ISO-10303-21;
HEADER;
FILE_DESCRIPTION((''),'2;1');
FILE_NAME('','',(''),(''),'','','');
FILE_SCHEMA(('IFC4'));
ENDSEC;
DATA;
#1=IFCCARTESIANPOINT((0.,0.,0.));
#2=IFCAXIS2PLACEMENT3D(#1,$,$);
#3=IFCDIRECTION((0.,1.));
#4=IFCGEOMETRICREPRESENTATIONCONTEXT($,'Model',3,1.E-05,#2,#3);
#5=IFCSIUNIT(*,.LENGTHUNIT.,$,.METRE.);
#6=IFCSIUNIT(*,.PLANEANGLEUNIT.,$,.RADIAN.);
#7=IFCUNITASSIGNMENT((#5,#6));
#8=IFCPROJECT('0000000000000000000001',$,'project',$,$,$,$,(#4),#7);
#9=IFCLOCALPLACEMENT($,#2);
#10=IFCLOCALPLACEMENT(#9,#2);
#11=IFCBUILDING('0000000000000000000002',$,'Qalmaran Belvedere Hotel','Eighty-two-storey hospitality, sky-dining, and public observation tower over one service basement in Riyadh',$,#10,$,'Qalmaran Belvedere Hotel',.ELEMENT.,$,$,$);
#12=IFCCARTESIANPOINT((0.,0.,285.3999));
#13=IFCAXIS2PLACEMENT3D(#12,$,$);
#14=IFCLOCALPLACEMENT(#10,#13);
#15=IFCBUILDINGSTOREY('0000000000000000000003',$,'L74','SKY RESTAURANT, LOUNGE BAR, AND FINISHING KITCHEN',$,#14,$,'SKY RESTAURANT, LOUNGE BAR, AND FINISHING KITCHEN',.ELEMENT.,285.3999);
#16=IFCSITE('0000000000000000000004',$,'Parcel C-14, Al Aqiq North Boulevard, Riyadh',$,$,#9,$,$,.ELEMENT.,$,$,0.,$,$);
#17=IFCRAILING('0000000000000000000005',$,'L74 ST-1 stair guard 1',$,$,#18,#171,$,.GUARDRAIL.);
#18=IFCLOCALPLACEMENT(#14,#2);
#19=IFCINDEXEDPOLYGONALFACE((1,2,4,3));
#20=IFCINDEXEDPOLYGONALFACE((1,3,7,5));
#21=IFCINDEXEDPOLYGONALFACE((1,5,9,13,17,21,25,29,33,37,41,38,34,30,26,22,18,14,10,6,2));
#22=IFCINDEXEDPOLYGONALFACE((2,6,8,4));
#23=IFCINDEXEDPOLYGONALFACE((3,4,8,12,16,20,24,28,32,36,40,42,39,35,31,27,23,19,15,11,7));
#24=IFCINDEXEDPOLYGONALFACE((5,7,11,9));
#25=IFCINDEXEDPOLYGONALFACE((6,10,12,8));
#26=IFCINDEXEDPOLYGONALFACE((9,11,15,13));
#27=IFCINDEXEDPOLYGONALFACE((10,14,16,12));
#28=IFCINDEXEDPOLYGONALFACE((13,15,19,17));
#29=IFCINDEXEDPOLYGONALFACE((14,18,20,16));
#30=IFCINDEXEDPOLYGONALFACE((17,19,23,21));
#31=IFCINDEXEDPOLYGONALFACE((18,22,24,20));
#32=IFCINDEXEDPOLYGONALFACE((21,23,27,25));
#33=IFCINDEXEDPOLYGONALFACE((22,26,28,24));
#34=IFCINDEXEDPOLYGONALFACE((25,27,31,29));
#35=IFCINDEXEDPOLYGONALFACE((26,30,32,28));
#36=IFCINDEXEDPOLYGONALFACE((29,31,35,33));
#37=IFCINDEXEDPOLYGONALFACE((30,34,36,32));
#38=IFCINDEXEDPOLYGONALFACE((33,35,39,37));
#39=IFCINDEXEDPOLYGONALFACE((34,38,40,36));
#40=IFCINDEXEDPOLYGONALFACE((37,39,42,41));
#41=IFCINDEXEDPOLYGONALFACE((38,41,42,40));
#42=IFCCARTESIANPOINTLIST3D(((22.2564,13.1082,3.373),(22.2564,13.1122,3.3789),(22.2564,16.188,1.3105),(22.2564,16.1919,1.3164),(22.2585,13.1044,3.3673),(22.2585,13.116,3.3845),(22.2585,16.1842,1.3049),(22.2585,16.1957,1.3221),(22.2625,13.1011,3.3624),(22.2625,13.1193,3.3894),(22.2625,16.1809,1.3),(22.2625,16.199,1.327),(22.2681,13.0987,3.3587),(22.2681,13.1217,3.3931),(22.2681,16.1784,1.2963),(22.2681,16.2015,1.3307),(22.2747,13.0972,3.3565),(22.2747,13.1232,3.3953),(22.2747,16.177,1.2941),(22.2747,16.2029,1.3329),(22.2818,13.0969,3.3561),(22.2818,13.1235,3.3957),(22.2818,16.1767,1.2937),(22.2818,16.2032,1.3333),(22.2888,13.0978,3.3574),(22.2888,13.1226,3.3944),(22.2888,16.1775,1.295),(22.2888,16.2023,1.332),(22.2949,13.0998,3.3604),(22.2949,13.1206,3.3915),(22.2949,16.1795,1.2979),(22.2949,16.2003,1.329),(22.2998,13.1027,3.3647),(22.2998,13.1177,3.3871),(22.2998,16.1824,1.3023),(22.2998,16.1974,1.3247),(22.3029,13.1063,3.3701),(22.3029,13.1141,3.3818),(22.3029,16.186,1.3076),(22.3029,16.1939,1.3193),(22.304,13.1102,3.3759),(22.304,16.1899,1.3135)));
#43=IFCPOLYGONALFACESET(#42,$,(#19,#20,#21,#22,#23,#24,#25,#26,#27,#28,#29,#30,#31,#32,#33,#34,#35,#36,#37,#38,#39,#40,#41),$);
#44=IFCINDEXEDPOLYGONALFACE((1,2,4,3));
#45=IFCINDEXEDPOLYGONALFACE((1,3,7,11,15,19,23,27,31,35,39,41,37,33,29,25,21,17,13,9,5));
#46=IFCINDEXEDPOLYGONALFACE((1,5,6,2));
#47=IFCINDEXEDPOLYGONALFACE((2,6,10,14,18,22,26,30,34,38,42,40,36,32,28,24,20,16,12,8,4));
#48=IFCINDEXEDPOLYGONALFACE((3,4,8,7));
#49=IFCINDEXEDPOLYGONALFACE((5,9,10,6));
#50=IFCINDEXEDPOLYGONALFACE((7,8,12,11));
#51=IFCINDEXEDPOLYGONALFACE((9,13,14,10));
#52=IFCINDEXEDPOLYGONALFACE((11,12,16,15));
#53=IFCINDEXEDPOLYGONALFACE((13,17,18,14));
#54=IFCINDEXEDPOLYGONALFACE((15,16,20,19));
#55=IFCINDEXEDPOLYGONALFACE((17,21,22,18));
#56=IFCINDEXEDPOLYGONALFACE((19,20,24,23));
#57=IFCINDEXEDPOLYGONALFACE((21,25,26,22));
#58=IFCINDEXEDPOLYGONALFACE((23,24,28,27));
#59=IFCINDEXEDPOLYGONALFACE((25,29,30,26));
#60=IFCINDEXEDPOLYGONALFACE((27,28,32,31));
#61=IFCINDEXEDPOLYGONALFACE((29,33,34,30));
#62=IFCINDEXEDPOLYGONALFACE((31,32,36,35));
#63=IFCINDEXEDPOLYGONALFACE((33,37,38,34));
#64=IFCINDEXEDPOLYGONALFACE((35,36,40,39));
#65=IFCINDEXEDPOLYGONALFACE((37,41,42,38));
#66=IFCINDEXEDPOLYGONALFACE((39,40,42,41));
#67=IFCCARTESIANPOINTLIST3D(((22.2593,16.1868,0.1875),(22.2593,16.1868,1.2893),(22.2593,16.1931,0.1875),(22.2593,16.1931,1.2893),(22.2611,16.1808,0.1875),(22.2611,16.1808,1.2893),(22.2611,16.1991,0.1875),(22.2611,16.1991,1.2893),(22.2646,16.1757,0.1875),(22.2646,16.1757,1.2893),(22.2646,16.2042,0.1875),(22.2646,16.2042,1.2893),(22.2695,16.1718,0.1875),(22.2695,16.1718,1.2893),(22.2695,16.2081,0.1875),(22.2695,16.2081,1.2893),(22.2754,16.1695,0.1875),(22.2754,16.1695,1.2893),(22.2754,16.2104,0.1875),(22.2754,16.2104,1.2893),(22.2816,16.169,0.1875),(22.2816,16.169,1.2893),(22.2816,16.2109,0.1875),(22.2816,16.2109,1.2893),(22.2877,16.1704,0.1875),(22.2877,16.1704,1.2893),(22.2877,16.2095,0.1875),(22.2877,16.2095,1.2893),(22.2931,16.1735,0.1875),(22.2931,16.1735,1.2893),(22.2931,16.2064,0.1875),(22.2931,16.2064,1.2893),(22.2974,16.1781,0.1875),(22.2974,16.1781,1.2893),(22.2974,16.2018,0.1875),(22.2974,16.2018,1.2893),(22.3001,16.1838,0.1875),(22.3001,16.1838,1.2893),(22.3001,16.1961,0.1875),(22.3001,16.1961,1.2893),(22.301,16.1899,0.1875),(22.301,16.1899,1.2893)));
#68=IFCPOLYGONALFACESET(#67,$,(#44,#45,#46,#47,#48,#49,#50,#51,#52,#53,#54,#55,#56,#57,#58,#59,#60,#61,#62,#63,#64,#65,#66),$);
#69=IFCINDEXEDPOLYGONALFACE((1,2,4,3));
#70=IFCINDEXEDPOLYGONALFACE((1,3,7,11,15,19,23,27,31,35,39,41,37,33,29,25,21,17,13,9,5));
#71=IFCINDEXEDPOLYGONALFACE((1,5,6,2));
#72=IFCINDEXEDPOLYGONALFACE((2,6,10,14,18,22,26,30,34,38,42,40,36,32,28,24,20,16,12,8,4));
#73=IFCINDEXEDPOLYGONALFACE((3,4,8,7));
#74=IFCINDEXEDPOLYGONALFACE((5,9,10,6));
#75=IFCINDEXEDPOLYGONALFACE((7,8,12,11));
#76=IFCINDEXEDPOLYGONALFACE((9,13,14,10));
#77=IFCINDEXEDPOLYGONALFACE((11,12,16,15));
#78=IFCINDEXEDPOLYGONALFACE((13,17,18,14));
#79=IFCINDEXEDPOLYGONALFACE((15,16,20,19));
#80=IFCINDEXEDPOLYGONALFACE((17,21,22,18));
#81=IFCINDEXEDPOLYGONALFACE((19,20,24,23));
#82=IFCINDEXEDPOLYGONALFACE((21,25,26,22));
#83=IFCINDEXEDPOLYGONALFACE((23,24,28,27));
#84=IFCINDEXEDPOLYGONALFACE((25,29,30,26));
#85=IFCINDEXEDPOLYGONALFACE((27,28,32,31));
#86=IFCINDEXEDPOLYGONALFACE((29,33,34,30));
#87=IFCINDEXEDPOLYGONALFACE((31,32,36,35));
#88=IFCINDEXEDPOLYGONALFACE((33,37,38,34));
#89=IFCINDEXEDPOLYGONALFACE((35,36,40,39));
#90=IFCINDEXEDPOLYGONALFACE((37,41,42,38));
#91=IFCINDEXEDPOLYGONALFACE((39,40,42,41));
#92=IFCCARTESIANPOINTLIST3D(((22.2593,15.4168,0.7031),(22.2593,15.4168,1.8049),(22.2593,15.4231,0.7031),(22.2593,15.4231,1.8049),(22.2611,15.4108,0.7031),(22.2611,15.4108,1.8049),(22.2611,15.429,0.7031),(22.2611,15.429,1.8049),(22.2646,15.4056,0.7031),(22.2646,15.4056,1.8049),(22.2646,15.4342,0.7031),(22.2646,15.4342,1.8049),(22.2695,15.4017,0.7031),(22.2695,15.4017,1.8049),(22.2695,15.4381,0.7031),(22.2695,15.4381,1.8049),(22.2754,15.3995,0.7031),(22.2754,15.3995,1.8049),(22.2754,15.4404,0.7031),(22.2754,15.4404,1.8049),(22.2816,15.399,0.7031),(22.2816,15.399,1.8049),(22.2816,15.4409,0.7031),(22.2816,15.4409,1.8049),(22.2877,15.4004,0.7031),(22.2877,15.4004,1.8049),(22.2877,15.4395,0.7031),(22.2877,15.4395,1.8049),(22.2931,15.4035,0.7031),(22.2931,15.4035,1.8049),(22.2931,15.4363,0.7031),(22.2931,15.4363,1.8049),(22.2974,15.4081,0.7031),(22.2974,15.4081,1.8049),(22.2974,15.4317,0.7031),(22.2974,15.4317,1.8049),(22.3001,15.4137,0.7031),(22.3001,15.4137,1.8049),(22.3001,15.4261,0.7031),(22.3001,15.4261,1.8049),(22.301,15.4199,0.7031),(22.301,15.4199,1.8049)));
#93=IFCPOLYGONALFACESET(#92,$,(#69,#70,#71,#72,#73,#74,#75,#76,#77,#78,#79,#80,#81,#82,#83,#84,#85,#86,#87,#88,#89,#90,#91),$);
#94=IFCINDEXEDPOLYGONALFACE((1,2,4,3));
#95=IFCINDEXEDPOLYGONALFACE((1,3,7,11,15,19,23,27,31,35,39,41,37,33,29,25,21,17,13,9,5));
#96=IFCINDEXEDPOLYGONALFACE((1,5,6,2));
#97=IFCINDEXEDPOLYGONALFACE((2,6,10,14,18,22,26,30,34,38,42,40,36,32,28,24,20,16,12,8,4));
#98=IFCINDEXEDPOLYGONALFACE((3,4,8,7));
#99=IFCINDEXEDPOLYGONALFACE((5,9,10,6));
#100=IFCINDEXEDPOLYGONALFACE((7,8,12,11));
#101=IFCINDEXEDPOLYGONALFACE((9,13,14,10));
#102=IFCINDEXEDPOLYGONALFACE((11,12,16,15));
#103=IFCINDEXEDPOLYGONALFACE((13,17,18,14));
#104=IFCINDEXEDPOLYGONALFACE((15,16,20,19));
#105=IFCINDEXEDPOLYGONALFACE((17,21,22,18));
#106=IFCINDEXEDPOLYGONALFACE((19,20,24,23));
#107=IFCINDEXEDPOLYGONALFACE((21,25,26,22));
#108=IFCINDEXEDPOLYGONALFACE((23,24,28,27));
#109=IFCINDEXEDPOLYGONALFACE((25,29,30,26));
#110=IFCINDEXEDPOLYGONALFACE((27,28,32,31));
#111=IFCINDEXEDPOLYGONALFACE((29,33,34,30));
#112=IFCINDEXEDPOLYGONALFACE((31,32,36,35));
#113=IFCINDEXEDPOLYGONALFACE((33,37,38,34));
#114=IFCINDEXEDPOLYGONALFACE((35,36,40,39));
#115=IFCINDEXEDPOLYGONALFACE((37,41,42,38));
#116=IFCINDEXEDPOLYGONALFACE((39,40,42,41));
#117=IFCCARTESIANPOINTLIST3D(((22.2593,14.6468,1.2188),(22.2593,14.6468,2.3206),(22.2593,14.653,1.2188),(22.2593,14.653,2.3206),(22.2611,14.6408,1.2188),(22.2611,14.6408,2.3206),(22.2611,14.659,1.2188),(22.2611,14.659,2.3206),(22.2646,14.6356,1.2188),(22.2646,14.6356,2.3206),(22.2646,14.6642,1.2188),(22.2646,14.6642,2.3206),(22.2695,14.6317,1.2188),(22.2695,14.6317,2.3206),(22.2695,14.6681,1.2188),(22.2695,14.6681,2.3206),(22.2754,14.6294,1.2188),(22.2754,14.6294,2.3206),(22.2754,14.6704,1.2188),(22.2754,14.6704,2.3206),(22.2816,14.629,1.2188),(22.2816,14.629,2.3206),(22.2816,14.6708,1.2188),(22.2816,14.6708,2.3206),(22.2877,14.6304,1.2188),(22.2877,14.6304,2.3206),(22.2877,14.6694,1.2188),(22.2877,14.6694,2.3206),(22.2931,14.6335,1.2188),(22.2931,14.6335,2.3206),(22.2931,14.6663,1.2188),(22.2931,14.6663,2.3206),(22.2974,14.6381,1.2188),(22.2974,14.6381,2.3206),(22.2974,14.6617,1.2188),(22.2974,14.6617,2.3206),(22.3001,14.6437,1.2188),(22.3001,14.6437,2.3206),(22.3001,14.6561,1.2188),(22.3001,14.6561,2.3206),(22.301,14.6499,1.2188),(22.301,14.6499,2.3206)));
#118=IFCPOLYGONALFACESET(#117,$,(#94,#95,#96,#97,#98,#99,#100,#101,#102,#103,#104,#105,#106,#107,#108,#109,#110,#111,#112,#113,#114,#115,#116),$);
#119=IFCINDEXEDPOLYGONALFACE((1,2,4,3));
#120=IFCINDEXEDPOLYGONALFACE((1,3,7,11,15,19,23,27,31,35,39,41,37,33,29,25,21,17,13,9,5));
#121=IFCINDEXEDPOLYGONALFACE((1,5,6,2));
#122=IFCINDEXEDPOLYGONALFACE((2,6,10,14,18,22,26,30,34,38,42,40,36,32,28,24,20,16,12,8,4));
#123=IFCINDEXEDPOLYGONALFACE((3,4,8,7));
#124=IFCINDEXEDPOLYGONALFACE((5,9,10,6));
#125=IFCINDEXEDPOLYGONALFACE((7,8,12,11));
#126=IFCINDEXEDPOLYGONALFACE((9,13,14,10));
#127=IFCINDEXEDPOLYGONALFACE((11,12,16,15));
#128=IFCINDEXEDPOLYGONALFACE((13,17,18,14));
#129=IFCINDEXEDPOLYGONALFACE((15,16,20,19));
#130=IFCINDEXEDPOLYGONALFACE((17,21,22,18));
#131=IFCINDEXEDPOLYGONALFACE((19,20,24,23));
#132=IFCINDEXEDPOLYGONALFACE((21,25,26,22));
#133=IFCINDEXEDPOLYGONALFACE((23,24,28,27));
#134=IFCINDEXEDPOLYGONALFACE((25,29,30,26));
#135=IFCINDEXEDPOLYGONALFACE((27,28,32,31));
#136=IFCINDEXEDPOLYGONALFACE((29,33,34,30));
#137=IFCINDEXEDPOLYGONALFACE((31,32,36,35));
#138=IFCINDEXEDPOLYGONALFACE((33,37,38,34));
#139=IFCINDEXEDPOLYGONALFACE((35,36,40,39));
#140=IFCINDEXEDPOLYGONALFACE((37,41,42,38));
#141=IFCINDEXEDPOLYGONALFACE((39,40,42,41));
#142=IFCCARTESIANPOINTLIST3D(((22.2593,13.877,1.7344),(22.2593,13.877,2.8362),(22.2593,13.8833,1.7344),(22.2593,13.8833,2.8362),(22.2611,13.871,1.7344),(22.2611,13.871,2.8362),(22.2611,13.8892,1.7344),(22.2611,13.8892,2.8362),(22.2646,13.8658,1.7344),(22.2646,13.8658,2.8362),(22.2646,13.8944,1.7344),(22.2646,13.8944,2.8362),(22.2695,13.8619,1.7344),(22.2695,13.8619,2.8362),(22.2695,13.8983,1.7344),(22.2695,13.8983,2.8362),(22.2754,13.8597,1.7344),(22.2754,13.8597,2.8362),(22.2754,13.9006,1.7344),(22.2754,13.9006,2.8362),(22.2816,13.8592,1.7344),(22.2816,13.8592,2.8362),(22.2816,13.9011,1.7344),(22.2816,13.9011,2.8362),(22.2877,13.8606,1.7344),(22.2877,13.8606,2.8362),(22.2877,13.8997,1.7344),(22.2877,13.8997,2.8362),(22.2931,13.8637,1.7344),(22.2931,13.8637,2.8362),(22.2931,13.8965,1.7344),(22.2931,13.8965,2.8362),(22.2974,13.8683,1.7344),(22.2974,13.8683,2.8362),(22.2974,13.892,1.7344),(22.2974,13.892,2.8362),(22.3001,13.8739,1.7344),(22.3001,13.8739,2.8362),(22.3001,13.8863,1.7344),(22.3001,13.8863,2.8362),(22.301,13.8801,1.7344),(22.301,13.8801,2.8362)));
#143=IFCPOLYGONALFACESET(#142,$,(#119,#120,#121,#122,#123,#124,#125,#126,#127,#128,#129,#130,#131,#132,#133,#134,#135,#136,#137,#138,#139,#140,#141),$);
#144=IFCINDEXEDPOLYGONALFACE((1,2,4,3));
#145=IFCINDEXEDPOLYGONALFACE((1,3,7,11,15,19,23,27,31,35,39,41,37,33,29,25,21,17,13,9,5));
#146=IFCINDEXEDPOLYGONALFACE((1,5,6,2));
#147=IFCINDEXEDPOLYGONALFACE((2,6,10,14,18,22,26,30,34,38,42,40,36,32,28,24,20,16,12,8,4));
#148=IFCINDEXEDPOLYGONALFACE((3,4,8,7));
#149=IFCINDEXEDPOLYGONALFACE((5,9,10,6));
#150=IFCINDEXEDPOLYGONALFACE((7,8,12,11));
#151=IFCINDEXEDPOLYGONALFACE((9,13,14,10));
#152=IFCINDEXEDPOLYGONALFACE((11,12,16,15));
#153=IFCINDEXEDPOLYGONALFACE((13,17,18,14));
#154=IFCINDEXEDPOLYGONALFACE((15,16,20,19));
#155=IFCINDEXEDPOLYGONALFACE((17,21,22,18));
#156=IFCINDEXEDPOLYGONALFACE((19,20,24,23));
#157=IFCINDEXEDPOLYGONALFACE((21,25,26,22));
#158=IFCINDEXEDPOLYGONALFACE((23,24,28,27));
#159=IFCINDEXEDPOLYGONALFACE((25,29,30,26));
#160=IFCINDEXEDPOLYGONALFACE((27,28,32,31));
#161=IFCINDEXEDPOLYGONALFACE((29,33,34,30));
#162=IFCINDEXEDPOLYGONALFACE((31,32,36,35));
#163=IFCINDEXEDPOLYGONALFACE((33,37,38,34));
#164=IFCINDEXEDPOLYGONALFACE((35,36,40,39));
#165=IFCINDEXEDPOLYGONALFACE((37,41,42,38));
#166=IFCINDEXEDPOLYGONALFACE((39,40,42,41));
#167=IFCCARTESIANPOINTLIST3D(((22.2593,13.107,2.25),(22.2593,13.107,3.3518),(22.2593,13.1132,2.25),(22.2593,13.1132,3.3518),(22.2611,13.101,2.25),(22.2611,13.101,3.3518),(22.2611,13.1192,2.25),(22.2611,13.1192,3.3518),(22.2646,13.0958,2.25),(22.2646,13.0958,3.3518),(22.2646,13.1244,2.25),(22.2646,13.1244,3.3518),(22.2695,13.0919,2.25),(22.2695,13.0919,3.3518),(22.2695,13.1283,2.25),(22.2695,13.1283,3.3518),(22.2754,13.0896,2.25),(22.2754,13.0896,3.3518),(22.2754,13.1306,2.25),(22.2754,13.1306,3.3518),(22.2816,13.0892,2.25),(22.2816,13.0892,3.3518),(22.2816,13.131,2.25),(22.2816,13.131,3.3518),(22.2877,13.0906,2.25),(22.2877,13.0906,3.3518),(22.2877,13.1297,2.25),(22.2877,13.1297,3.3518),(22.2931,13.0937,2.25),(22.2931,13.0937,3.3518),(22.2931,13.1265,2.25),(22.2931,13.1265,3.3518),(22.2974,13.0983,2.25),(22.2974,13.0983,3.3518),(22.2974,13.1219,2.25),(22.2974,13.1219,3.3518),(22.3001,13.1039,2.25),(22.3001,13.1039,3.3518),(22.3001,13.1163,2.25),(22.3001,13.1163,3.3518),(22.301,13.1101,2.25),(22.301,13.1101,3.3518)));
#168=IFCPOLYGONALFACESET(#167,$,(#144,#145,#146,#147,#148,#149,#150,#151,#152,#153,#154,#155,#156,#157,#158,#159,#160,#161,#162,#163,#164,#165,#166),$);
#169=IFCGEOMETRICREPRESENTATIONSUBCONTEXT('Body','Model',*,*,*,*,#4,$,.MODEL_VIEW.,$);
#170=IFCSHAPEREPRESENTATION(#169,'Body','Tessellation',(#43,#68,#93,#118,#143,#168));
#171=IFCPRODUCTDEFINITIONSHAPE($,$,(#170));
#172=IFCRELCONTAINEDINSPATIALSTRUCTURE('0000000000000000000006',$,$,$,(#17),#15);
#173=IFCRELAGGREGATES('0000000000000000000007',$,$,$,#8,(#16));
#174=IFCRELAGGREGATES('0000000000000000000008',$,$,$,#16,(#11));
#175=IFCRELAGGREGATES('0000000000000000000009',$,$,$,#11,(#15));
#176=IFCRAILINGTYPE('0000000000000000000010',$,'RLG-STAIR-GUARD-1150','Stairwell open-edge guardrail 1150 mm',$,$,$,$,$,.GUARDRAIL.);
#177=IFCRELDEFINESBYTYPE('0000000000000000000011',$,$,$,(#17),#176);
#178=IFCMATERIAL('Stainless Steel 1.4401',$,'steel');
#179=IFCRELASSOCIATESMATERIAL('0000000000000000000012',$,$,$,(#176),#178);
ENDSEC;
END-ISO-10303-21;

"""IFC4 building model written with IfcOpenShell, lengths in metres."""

from ifc_helpers import new_model, si_unit, direction, frame, origin, origin_2d, place, context, subcontext, project, spatial, circle, extrude, material, type_object, element, save


model = new_model("IFC4")

# Units and contexts
model_context = context("Model", 3, precision=1e-05, world=origin(), true_north=direction((0.0, 1.0)))
body_context = subcontext(model_context, "Body", "Model", "MODEL_VIEW")
ifc_project = project(units=[si_unit("LENGTHUNIT", "METRE"), si_unit("PLANEANGLEUNIT", "RADIAN")], contexts=[model_context])

# Site, building, storey
site_placement = place(None, origin())
site = spatial("IfcSite", under=ifc_project, at=site_placement, Name="Parcel C-14, Al Aqiq North Boulevard, Riyadh", CompositionType="ELEMENT", RefElevation=0.0)
building_placement = place(site_placement, origin())
building = spatial("IfcBuilding", under=site, at=building_placement, Name="Qalmaran Belvedere Hotel", Description="Eighty-two-storey hospitality, sky-dining, and public observation tower over one service basement in Riyadh", LongName="Qalmaran Belvedere Hotel", CompositionType="ELEMENT")
storey_placement = place(building_placement, frame((0.0, 0.0, 285.3999)))
storey = spatial("IfcBuildingStorey", under=building, at=storey_placement, Name="L74", Description="SKY RESTAURANT, LOUNGE BAR, AND FINISHING KITCHEN", LongName="SKY RESTAURANT, LOUNGE BAR, AND FINISHING KITCHEN", CompositionType="ELEMENT", Elevation=285.3999)

# Railing
ifc_material_1 = material(Name="Stainless Steel 1.4401", Category="steel")
railing_type_1 = type_object("IfcRailingType", Name="RLG-STAIR-GUARD-1150", Description="Stairwell open-edge guardrail 1150 mm", PredefinedType="GUARDRAIL", material=ifc_material_1)
railing_1_placement = place(storey_placement, frame((22.28, 16.1899, 0.1875)))
element("IfcRailing", 1, at=railing_1_placement, inside=storey, type_object=railing_type_1, Name="L74 ST-1 stair guard 1", PredefinedType="GUARDRAIL", context=body_context, shape_type="SweptSolid", body=[
    extrude(circle(Radius=0.0239, at=origin_2d()), frame((0.0, 0.0, 1.126), z_axis=(0.0, -0.830893, 0.556432), x_axis=(1.0, 0.0, 0.0)), (0.0, 0.0, 1.0), 3.7065),
    extrude(circle(Radius=0.021, at=origin_2d()), origin(), (0.0, 0.0, 1.0), 1.1018),
    extrude(circle(Radius=0.021, at=origin_2d()), frame((0.0, -0.77, 0.5156)), (0.0, 0.0, 1.0), 1.1018),
    extrude(circle(Radius=0.021, at=origin_2d()), frame((0.0, -1.54, 1.0312)), (0.0, 0.0, 1.0), 1.1018),
    extrude(circle(Radius=0.021, at=origin_2d()), frame((0.0, -2.3098, 1.5469)), (0.0, 0.0, 1.0), 1.1018),
    extrude(circle(Radius=0.021, at=origin_2d()), frame((0.0, -3.0798, 2.0625)), (0.0, 0.0, 1.0), 1.1018),
])

save(model, "model.ifc")
